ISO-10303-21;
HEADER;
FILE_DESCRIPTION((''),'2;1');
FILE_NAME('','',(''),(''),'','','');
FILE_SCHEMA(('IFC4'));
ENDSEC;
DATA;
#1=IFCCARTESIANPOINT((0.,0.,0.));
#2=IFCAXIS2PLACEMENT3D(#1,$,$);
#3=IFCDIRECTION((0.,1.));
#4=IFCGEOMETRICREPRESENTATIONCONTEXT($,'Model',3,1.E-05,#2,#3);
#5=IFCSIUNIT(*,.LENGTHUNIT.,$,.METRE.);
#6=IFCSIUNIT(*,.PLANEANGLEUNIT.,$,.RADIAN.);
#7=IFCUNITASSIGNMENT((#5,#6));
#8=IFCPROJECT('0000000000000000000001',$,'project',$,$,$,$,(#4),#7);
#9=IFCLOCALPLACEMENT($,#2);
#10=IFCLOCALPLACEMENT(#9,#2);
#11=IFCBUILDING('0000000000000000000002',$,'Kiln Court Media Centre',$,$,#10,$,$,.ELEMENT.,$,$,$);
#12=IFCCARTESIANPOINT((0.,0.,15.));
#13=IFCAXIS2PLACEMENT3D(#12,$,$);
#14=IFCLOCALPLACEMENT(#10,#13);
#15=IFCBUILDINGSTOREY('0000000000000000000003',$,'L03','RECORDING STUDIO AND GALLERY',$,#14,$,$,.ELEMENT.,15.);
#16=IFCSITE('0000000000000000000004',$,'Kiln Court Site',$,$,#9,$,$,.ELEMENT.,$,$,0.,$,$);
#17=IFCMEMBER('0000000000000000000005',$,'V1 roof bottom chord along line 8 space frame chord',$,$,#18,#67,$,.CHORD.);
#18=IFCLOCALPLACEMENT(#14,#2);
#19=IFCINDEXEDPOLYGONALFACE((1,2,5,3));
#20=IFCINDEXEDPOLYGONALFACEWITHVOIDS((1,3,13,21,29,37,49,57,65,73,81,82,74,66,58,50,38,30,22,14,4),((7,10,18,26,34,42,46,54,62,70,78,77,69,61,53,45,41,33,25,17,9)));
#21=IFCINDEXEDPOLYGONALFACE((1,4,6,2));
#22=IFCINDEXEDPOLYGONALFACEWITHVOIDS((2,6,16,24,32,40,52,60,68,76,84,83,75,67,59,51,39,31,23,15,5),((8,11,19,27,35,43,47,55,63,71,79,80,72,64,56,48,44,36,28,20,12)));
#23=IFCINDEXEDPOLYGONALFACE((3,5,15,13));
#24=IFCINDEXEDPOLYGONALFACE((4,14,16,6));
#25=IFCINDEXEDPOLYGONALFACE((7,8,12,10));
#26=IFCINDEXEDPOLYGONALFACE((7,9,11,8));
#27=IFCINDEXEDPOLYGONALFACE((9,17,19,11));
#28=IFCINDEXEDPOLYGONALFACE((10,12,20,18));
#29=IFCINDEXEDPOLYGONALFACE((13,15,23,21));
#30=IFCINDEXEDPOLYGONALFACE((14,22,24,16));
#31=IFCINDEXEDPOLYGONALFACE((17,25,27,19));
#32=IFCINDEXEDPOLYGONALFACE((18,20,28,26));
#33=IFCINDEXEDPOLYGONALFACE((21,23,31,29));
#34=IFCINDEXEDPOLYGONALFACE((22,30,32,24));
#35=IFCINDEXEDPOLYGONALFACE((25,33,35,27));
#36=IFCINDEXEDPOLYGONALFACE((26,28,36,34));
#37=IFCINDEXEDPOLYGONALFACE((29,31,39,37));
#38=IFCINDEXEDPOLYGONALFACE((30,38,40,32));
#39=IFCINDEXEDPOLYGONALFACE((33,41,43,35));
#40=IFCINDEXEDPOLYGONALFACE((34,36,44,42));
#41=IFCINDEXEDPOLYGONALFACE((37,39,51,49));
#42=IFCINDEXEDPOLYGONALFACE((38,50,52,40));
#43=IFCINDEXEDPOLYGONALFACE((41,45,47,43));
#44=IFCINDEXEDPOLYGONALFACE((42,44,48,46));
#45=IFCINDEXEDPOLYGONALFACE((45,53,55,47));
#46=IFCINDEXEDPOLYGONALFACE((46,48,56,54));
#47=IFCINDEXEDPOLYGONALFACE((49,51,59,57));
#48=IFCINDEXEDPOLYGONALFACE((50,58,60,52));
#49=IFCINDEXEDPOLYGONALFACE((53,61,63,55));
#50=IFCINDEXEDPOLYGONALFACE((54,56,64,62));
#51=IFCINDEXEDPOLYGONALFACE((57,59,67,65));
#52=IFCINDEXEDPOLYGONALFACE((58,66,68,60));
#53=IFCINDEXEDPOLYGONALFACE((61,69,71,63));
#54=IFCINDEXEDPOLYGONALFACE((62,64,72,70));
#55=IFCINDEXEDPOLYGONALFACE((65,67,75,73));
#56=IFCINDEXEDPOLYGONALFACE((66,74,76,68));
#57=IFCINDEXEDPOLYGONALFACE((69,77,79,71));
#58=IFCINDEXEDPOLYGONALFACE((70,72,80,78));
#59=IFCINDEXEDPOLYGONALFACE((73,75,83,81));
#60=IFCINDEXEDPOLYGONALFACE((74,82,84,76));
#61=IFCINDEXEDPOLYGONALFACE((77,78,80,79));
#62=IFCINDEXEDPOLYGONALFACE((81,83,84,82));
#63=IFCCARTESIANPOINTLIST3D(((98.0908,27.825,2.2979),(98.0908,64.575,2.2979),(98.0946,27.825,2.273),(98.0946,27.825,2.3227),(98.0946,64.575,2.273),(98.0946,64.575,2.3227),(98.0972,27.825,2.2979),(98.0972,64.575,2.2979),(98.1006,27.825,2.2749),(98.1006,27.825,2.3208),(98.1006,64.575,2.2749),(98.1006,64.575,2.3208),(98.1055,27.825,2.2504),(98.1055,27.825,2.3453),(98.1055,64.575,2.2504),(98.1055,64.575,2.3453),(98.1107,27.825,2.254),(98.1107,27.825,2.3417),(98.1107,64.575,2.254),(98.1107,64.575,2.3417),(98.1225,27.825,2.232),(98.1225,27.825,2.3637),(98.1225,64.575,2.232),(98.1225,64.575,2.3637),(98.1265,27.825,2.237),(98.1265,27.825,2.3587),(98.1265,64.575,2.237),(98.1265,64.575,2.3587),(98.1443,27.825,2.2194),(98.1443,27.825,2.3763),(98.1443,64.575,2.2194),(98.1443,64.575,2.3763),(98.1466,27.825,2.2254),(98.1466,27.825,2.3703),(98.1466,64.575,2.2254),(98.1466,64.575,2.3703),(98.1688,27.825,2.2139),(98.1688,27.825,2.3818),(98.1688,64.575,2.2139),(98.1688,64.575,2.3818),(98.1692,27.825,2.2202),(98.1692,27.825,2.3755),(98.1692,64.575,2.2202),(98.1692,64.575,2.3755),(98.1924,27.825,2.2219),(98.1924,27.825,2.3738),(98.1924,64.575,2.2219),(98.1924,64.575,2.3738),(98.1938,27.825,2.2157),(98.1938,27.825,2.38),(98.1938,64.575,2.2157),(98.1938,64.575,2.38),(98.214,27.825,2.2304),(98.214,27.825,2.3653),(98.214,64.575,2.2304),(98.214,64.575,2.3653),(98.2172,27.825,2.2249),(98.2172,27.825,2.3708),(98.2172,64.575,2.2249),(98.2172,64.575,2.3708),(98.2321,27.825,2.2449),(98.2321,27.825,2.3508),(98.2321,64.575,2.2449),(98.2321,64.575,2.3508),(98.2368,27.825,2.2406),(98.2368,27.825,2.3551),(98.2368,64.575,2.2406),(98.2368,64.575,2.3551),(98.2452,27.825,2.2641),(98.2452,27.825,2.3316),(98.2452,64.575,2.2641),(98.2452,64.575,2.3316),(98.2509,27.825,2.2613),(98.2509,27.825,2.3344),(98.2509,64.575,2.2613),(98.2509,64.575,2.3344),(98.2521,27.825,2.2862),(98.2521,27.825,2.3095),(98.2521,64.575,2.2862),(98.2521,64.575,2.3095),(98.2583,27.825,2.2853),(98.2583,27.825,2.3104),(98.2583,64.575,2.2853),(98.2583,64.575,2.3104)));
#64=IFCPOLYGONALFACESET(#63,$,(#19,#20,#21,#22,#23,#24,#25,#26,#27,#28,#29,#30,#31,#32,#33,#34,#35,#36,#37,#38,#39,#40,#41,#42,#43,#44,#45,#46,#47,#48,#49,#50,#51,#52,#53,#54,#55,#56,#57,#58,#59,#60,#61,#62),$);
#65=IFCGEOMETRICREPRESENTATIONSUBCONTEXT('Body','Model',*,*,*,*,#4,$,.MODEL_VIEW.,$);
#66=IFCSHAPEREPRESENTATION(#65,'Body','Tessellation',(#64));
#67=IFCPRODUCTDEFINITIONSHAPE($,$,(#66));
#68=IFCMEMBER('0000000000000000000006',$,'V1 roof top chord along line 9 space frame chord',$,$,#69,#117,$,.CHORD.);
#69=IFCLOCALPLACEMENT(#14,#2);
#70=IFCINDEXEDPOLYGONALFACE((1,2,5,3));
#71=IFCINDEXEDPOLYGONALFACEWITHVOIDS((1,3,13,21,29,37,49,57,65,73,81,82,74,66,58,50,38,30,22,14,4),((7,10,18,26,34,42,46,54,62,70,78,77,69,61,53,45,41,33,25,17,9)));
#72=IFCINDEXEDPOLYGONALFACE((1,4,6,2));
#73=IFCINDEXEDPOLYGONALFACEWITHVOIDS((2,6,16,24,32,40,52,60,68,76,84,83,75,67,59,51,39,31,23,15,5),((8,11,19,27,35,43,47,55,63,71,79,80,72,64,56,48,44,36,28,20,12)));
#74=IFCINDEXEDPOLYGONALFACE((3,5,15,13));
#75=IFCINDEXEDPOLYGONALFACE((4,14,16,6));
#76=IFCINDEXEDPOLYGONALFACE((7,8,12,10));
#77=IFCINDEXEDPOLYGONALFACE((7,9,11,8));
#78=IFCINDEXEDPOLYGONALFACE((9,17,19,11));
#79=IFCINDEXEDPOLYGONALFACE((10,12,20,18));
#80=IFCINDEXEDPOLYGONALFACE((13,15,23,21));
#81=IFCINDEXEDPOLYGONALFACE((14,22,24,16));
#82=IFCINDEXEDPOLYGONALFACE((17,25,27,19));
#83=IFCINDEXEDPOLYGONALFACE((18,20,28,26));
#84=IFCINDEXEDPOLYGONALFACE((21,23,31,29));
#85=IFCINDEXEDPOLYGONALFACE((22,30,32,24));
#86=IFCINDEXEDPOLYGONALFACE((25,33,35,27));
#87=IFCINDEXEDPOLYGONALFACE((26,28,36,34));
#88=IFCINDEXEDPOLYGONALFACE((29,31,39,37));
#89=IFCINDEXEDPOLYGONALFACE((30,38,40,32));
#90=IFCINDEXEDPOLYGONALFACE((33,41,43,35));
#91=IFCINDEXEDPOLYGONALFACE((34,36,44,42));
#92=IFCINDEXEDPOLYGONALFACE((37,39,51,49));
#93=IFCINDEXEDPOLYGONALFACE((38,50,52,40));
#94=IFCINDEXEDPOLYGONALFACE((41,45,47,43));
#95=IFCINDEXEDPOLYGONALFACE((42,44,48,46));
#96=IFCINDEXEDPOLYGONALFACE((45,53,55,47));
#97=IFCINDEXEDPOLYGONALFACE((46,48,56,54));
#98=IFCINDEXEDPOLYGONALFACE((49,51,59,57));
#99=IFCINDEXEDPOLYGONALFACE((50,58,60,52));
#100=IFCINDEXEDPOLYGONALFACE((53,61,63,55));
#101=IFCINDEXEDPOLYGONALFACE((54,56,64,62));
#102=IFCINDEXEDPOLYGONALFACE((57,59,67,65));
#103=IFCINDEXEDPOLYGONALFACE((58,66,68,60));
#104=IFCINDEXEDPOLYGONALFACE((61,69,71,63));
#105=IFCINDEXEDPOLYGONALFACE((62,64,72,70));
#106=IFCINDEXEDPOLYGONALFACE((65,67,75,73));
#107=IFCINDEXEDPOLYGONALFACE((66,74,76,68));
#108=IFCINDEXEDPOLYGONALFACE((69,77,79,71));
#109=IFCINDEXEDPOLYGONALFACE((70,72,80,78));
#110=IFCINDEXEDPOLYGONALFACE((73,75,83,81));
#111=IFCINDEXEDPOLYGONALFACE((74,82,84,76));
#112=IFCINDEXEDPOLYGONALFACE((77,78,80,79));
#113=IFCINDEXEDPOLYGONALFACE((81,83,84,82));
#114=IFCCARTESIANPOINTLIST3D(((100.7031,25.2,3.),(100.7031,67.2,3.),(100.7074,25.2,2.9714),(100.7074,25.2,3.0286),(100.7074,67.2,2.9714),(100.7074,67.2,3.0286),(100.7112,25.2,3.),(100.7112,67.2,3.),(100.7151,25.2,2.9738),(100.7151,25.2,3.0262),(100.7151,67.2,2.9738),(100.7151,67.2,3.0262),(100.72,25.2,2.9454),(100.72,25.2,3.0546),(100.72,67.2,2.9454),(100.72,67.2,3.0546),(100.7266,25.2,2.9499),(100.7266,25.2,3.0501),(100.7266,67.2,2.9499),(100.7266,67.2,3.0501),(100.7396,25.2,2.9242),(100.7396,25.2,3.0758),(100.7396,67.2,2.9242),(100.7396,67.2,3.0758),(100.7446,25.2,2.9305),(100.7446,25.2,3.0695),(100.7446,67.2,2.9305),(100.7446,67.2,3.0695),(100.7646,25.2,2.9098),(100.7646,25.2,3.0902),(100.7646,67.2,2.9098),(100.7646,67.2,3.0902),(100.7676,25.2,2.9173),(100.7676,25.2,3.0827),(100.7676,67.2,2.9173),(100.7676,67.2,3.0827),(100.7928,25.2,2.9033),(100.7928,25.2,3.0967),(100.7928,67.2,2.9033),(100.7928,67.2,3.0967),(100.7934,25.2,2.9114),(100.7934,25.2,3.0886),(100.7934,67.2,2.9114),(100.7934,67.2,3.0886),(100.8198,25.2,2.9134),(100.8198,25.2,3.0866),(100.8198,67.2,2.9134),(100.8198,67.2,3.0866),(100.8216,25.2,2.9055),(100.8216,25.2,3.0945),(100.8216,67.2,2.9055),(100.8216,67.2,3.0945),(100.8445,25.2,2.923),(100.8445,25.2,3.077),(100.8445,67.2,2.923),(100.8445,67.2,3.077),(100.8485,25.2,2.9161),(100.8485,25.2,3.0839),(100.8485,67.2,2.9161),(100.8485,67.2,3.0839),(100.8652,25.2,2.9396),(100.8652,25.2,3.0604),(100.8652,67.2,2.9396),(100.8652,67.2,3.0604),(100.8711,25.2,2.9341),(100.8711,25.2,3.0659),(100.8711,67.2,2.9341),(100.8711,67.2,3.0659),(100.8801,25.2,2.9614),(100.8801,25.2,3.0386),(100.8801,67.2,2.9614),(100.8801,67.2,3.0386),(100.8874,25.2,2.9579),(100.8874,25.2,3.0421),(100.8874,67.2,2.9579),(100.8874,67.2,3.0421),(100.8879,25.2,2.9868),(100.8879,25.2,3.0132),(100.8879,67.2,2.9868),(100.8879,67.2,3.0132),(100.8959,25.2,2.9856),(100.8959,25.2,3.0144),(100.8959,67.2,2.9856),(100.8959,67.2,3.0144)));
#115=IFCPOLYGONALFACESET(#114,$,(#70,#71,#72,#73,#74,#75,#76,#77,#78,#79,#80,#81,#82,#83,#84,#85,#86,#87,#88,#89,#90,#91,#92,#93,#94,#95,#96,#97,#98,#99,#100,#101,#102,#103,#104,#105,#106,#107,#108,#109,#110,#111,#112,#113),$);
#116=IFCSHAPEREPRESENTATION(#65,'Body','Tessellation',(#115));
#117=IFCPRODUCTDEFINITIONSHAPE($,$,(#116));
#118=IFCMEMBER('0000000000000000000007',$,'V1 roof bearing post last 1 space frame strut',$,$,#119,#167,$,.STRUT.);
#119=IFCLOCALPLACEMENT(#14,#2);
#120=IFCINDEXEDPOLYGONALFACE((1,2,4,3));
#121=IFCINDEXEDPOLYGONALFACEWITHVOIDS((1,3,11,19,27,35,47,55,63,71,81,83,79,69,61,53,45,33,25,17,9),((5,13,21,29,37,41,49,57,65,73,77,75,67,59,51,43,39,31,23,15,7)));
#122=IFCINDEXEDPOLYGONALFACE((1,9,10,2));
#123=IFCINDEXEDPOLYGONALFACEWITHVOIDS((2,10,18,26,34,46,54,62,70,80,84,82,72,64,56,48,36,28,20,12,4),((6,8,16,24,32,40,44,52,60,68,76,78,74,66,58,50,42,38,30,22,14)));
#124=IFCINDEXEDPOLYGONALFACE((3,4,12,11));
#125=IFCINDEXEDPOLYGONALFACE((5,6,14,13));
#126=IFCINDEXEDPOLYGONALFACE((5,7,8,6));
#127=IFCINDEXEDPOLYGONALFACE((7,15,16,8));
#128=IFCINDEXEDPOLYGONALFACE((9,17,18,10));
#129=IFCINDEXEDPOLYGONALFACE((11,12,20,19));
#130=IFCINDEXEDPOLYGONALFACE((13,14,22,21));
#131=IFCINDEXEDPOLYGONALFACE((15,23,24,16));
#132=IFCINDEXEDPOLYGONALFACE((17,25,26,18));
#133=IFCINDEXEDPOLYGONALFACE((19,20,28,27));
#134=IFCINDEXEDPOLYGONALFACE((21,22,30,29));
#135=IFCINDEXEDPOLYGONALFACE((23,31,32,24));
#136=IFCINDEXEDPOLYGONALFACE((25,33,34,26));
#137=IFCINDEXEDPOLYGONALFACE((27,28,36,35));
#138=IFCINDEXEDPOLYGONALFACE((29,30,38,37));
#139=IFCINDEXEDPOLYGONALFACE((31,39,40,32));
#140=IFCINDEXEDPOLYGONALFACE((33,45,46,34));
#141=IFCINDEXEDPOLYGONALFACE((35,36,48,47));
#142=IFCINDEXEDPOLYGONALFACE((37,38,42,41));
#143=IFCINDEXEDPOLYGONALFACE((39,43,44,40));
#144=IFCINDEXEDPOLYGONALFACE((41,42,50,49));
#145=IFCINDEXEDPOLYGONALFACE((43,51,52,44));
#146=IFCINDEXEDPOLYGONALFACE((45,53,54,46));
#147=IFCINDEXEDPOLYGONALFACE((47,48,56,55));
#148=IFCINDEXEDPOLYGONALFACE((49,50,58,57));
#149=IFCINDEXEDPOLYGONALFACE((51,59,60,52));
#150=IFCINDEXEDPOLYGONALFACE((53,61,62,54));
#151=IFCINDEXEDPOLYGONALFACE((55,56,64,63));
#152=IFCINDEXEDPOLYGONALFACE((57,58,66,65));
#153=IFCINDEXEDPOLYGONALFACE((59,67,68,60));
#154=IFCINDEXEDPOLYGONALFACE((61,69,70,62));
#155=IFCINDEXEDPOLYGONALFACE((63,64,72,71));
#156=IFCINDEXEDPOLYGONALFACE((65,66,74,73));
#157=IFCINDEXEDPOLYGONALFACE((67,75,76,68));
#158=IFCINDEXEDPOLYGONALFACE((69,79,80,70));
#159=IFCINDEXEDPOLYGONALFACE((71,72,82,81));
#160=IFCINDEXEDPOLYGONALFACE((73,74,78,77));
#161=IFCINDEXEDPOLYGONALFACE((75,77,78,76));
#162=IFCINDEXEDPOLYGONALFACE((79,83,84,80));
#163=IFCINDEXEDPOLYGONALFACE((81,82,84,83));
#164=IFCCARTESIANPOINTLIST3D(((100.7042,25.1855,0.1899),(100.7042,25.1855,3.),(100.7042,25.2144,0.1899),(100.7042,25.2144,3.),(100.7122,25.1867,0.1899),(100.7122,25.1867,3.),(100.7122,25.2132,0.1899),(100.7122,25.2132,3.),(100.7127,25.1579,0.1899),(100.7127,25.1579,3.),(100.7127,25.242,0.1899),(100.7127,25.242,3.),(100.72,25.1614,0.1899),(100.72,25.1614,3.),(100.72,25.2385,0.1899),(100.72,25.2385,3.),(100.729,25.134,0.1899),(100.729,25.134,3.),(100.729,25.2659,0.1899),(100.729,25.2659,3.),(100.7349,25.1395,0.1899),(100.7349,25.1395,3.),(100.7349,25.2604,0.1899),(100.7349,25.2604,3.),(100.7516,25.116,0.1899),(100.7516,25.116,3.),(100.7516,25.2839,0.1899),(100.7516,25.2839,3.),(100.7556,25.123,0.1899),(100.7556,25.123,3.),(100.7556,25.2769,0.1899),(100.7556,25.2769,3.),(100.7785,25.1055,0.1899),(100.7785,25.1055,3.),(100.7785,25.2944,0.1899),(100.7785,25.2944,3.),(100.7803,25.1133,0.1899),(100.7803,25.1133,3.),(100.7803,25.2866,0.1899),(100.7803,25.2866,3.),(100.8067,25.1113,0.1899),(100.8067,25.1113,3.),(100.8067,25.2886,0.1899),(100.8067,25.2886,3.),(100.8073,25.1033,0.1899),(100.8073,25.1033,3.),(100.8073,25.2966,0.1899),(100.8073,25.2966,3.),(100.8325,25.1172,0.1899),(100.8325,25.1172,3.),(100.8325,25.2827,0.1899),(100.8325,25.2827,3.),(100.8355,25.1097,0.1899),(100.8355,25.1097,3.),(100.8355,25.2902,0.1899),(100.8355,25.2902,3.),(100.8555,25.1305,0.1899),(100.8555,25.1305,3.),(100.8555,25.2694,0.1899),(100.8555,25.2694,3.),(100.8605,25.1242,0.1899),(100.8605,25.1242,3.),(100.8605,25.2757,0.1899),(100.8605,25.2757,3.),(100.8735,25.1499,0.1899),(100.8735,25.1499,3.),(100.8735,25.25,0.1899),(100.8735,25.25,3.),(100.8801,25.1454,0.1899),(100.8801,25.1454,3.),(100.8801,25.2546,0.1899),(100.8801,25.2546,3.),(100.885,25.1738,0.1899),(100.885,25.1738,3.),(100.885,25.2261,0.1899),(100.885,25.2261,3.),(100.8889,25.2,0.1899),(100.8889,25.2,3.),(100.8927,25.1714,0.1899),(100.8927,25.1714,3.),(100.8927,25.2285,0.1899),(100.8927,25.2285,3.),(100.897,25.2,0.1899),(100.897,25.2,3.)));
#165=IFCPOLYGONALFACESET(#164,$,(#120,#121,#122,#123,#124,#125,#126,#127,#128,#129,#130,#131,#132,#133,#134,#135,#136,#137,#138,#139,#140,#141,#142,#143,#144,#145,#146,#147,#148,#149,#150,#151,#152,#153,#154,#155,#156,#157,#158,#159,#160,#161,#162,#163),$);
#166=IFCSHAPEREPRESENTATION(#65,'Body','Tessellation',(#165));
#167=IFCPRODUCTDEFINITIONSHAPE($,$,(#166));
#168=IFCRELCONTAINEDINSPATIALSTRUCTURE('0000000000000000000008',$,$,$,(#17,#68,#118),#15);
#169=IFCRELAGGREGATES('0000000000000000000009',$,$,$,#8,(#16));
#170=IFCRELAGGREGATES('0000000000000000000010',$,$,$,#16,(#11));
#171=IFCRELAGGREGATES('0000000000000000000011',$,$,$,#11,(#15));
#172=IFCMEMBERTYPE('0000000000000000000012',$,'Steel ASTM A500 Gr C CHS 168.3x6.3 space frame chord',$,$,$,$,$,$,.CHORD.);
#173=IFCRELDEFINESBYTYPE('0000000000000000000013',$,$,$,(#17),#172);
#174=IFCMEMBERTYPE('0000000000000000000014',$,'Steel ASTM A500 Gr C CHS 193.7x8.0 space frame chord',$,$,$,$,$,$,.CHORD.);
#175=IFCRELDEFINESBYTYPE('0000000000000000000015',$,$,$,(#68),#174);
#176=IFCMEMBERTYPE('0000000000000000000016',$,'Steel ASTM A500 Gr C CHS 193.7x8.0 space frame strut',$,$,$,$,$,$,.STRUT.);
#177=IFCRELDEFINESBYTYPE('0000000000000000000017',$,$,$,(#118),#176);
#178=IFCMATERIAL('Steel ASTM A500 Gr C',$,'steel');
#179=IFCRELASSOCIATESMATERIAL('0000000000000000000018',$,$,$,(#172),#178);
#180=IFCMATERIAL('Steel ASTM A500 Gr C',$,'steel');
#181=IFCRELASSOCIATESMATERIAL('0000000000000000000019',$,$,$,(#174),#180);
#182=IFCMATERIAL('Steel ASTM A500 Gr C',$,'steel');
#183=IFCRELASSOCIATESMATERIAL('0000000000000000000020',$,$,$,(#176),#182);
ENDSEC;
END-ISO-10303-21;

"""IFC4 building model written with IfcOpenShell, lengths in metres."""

from ifc_helpers import new_model, si_unit, direction, frame, origin, origin_2d, place, context, subcontext, project, spatial, hollow_circle, extrude, material, material_profile, profile_set, type_object, element, save


model = new_model("IFC4")

# Units and contexts
model_context = context("Model", 3, precision=1e-05, world=origin(), true_north=direction((0.0, 1.0)))
body_context = subcontext(model_context, "Body", "Model", "MODEL_VIEW")
ifc_project = project(units=[si_unit("LENGTHUNIT", "METRE"), si_unit("PLANEANGLEUNIT", "RADIAN")], contexts=[model_context])

# Site, building, storey
site_placement = place(None, origin())
site = spatial("IfcSite", under=ifc_project, at=site_placement, Name="Kiln Court Site", CompositionType="ELEMENT", RefElevation=0.0)
building_placement = place(site_placement, origin())
building = spatial("IfcBuilding", under=site, at=building_placement, Name="Kiln Court Media Centre", CompositionType="ELEMENT")
storey_placement = place(building_placement, frame((0.0, 0.0, 15.0)))
storey = spatial("IfcBuildingStorey", under=building, at=storey_placement, Name="L03", Description="RECORDING STUDIO AND GALLERY", CompositionType="ELEMENT", Elevation=15.0)

# Members
ifc_material_1 = material(Name="Steel ASTM A500 Gr C", Category="steel")
ifc_material_profile_1 = material_profile(ifc_material_1, hollow_circle(Radius=0.0842, WallThickness=0.0063, at=origin_2d()), Name="CHS 168.3x6.3")
ifc_profile_set_1 = profile_set([ifc_material_profile_1], Name="Steel ASTM A500 Gr C")
member_type_1 = type_object("IfcMemberType", Name="Steel ASTM A500 Gr C CHS 168.3x6.3 space frame chord", PredefinedType="CHORD", material=ifc_profile_set_1)
member_1_placement = place(storey_placement, frame((98.175, 27.825, 2.2979), z_axis=(0.0, 1.0, 0.0), x_axis=(-1.0, 0.0, 0.0)))
element("IfcMember", 1, at=member_1_placement, inside=storey, type_object=member_type_1, Name="V1 roof bottom chord along line 8 space frame chord", PredefinedType="CHORD", context=body_context, shape_type="SweptSolid", body=[
    extrude(hollow_circle(Radius=0.0842, WallThickness=0.0063, at=origin_2d()), origin(), (0.0, 0.0, 1.0), 36.75),
])
ifc_material_2 = material(Name="Steel ASTM A500 Gr C", Category="steel")
ifc_material_profile_2 = material_profile(ifc_material_2, hollow_circle(Radius=0.0969, WallThickness=0.0081, at=origin_2d()), Name="CHS 193.7x8.0")
ifc_profile_set_2 = profile_set([ifc_material_profile_2], Name="Steel ASTM A500 Gr C")
member_type_2 = type_object("IfcMemberType", Name="Steel ASTM A500 Gr C CHS 193.7x8.0 space frame chord", PredefinedType="CHORD", material=ifc_profile_set_2)
member_2_placement = place(storey_placement, frame((100.8, 25.2, 3.0), z_axis=(0.0, 1.0, 0.0), x_axis=(-1.0, 0.0, 0.0)))
element("IfcMember", 2, at=member_2_placement, inside=storey, type_object=member_type_2, Name="V1 roof top chord along line 9 space frame chord", PredefinedType="CHORD", context=body_context, shape_type="SweptSolid", body=[
    extrude(hollow_circle(Radius=0.0969, WallThickness=0.0081, at=origin_2d()), origin(), (0.0, 0.0, 1.0), 42.0),
])
ifc_material_3 = material(Name="Steel ASTM A500 Gr C", Category="steel")
ifc_material_profile_3 = material_profile(ifc_material_3, hollow_circle(Radius=0.0969, WallThickness=0.0081, at=origin_2d()), Name="CHS 193.7x8.0")
ifc_profile_set_3 = profile_set([ifc_material_profile_3], Name="Steel ASTM A500 Gr C")
member_type_3 = type_object("IfcMemberType", Name="Steel ASTM A500 Gr C CHS 193.7x8.0 space frame strut", PredefinedType="STRUT", material=ifc_profile_set_3)
member_3_placement = place(storey_placement, frame((100.8, 25.2, 0.1899), z_axis=(0.0, 0.0, 1.0), x_axis=(1.0, 0.0, 0.0)))
element("IfcMember", 3, at=member_3_placement, inside=storey, type_object=member_type_3, Name="V1 roof bearing post last 1 space frame strut", PredefinedType="STRUT", context=body_context, shape_type="SweptSolid", body=[
    extrude(hollow_circle(Radius=0.0969, WallThickness=0.0081, at=origin_2d()), origin(), (0.0, 0.0, 1.0), 2.8101),
])

save(model, "model.ifc")
